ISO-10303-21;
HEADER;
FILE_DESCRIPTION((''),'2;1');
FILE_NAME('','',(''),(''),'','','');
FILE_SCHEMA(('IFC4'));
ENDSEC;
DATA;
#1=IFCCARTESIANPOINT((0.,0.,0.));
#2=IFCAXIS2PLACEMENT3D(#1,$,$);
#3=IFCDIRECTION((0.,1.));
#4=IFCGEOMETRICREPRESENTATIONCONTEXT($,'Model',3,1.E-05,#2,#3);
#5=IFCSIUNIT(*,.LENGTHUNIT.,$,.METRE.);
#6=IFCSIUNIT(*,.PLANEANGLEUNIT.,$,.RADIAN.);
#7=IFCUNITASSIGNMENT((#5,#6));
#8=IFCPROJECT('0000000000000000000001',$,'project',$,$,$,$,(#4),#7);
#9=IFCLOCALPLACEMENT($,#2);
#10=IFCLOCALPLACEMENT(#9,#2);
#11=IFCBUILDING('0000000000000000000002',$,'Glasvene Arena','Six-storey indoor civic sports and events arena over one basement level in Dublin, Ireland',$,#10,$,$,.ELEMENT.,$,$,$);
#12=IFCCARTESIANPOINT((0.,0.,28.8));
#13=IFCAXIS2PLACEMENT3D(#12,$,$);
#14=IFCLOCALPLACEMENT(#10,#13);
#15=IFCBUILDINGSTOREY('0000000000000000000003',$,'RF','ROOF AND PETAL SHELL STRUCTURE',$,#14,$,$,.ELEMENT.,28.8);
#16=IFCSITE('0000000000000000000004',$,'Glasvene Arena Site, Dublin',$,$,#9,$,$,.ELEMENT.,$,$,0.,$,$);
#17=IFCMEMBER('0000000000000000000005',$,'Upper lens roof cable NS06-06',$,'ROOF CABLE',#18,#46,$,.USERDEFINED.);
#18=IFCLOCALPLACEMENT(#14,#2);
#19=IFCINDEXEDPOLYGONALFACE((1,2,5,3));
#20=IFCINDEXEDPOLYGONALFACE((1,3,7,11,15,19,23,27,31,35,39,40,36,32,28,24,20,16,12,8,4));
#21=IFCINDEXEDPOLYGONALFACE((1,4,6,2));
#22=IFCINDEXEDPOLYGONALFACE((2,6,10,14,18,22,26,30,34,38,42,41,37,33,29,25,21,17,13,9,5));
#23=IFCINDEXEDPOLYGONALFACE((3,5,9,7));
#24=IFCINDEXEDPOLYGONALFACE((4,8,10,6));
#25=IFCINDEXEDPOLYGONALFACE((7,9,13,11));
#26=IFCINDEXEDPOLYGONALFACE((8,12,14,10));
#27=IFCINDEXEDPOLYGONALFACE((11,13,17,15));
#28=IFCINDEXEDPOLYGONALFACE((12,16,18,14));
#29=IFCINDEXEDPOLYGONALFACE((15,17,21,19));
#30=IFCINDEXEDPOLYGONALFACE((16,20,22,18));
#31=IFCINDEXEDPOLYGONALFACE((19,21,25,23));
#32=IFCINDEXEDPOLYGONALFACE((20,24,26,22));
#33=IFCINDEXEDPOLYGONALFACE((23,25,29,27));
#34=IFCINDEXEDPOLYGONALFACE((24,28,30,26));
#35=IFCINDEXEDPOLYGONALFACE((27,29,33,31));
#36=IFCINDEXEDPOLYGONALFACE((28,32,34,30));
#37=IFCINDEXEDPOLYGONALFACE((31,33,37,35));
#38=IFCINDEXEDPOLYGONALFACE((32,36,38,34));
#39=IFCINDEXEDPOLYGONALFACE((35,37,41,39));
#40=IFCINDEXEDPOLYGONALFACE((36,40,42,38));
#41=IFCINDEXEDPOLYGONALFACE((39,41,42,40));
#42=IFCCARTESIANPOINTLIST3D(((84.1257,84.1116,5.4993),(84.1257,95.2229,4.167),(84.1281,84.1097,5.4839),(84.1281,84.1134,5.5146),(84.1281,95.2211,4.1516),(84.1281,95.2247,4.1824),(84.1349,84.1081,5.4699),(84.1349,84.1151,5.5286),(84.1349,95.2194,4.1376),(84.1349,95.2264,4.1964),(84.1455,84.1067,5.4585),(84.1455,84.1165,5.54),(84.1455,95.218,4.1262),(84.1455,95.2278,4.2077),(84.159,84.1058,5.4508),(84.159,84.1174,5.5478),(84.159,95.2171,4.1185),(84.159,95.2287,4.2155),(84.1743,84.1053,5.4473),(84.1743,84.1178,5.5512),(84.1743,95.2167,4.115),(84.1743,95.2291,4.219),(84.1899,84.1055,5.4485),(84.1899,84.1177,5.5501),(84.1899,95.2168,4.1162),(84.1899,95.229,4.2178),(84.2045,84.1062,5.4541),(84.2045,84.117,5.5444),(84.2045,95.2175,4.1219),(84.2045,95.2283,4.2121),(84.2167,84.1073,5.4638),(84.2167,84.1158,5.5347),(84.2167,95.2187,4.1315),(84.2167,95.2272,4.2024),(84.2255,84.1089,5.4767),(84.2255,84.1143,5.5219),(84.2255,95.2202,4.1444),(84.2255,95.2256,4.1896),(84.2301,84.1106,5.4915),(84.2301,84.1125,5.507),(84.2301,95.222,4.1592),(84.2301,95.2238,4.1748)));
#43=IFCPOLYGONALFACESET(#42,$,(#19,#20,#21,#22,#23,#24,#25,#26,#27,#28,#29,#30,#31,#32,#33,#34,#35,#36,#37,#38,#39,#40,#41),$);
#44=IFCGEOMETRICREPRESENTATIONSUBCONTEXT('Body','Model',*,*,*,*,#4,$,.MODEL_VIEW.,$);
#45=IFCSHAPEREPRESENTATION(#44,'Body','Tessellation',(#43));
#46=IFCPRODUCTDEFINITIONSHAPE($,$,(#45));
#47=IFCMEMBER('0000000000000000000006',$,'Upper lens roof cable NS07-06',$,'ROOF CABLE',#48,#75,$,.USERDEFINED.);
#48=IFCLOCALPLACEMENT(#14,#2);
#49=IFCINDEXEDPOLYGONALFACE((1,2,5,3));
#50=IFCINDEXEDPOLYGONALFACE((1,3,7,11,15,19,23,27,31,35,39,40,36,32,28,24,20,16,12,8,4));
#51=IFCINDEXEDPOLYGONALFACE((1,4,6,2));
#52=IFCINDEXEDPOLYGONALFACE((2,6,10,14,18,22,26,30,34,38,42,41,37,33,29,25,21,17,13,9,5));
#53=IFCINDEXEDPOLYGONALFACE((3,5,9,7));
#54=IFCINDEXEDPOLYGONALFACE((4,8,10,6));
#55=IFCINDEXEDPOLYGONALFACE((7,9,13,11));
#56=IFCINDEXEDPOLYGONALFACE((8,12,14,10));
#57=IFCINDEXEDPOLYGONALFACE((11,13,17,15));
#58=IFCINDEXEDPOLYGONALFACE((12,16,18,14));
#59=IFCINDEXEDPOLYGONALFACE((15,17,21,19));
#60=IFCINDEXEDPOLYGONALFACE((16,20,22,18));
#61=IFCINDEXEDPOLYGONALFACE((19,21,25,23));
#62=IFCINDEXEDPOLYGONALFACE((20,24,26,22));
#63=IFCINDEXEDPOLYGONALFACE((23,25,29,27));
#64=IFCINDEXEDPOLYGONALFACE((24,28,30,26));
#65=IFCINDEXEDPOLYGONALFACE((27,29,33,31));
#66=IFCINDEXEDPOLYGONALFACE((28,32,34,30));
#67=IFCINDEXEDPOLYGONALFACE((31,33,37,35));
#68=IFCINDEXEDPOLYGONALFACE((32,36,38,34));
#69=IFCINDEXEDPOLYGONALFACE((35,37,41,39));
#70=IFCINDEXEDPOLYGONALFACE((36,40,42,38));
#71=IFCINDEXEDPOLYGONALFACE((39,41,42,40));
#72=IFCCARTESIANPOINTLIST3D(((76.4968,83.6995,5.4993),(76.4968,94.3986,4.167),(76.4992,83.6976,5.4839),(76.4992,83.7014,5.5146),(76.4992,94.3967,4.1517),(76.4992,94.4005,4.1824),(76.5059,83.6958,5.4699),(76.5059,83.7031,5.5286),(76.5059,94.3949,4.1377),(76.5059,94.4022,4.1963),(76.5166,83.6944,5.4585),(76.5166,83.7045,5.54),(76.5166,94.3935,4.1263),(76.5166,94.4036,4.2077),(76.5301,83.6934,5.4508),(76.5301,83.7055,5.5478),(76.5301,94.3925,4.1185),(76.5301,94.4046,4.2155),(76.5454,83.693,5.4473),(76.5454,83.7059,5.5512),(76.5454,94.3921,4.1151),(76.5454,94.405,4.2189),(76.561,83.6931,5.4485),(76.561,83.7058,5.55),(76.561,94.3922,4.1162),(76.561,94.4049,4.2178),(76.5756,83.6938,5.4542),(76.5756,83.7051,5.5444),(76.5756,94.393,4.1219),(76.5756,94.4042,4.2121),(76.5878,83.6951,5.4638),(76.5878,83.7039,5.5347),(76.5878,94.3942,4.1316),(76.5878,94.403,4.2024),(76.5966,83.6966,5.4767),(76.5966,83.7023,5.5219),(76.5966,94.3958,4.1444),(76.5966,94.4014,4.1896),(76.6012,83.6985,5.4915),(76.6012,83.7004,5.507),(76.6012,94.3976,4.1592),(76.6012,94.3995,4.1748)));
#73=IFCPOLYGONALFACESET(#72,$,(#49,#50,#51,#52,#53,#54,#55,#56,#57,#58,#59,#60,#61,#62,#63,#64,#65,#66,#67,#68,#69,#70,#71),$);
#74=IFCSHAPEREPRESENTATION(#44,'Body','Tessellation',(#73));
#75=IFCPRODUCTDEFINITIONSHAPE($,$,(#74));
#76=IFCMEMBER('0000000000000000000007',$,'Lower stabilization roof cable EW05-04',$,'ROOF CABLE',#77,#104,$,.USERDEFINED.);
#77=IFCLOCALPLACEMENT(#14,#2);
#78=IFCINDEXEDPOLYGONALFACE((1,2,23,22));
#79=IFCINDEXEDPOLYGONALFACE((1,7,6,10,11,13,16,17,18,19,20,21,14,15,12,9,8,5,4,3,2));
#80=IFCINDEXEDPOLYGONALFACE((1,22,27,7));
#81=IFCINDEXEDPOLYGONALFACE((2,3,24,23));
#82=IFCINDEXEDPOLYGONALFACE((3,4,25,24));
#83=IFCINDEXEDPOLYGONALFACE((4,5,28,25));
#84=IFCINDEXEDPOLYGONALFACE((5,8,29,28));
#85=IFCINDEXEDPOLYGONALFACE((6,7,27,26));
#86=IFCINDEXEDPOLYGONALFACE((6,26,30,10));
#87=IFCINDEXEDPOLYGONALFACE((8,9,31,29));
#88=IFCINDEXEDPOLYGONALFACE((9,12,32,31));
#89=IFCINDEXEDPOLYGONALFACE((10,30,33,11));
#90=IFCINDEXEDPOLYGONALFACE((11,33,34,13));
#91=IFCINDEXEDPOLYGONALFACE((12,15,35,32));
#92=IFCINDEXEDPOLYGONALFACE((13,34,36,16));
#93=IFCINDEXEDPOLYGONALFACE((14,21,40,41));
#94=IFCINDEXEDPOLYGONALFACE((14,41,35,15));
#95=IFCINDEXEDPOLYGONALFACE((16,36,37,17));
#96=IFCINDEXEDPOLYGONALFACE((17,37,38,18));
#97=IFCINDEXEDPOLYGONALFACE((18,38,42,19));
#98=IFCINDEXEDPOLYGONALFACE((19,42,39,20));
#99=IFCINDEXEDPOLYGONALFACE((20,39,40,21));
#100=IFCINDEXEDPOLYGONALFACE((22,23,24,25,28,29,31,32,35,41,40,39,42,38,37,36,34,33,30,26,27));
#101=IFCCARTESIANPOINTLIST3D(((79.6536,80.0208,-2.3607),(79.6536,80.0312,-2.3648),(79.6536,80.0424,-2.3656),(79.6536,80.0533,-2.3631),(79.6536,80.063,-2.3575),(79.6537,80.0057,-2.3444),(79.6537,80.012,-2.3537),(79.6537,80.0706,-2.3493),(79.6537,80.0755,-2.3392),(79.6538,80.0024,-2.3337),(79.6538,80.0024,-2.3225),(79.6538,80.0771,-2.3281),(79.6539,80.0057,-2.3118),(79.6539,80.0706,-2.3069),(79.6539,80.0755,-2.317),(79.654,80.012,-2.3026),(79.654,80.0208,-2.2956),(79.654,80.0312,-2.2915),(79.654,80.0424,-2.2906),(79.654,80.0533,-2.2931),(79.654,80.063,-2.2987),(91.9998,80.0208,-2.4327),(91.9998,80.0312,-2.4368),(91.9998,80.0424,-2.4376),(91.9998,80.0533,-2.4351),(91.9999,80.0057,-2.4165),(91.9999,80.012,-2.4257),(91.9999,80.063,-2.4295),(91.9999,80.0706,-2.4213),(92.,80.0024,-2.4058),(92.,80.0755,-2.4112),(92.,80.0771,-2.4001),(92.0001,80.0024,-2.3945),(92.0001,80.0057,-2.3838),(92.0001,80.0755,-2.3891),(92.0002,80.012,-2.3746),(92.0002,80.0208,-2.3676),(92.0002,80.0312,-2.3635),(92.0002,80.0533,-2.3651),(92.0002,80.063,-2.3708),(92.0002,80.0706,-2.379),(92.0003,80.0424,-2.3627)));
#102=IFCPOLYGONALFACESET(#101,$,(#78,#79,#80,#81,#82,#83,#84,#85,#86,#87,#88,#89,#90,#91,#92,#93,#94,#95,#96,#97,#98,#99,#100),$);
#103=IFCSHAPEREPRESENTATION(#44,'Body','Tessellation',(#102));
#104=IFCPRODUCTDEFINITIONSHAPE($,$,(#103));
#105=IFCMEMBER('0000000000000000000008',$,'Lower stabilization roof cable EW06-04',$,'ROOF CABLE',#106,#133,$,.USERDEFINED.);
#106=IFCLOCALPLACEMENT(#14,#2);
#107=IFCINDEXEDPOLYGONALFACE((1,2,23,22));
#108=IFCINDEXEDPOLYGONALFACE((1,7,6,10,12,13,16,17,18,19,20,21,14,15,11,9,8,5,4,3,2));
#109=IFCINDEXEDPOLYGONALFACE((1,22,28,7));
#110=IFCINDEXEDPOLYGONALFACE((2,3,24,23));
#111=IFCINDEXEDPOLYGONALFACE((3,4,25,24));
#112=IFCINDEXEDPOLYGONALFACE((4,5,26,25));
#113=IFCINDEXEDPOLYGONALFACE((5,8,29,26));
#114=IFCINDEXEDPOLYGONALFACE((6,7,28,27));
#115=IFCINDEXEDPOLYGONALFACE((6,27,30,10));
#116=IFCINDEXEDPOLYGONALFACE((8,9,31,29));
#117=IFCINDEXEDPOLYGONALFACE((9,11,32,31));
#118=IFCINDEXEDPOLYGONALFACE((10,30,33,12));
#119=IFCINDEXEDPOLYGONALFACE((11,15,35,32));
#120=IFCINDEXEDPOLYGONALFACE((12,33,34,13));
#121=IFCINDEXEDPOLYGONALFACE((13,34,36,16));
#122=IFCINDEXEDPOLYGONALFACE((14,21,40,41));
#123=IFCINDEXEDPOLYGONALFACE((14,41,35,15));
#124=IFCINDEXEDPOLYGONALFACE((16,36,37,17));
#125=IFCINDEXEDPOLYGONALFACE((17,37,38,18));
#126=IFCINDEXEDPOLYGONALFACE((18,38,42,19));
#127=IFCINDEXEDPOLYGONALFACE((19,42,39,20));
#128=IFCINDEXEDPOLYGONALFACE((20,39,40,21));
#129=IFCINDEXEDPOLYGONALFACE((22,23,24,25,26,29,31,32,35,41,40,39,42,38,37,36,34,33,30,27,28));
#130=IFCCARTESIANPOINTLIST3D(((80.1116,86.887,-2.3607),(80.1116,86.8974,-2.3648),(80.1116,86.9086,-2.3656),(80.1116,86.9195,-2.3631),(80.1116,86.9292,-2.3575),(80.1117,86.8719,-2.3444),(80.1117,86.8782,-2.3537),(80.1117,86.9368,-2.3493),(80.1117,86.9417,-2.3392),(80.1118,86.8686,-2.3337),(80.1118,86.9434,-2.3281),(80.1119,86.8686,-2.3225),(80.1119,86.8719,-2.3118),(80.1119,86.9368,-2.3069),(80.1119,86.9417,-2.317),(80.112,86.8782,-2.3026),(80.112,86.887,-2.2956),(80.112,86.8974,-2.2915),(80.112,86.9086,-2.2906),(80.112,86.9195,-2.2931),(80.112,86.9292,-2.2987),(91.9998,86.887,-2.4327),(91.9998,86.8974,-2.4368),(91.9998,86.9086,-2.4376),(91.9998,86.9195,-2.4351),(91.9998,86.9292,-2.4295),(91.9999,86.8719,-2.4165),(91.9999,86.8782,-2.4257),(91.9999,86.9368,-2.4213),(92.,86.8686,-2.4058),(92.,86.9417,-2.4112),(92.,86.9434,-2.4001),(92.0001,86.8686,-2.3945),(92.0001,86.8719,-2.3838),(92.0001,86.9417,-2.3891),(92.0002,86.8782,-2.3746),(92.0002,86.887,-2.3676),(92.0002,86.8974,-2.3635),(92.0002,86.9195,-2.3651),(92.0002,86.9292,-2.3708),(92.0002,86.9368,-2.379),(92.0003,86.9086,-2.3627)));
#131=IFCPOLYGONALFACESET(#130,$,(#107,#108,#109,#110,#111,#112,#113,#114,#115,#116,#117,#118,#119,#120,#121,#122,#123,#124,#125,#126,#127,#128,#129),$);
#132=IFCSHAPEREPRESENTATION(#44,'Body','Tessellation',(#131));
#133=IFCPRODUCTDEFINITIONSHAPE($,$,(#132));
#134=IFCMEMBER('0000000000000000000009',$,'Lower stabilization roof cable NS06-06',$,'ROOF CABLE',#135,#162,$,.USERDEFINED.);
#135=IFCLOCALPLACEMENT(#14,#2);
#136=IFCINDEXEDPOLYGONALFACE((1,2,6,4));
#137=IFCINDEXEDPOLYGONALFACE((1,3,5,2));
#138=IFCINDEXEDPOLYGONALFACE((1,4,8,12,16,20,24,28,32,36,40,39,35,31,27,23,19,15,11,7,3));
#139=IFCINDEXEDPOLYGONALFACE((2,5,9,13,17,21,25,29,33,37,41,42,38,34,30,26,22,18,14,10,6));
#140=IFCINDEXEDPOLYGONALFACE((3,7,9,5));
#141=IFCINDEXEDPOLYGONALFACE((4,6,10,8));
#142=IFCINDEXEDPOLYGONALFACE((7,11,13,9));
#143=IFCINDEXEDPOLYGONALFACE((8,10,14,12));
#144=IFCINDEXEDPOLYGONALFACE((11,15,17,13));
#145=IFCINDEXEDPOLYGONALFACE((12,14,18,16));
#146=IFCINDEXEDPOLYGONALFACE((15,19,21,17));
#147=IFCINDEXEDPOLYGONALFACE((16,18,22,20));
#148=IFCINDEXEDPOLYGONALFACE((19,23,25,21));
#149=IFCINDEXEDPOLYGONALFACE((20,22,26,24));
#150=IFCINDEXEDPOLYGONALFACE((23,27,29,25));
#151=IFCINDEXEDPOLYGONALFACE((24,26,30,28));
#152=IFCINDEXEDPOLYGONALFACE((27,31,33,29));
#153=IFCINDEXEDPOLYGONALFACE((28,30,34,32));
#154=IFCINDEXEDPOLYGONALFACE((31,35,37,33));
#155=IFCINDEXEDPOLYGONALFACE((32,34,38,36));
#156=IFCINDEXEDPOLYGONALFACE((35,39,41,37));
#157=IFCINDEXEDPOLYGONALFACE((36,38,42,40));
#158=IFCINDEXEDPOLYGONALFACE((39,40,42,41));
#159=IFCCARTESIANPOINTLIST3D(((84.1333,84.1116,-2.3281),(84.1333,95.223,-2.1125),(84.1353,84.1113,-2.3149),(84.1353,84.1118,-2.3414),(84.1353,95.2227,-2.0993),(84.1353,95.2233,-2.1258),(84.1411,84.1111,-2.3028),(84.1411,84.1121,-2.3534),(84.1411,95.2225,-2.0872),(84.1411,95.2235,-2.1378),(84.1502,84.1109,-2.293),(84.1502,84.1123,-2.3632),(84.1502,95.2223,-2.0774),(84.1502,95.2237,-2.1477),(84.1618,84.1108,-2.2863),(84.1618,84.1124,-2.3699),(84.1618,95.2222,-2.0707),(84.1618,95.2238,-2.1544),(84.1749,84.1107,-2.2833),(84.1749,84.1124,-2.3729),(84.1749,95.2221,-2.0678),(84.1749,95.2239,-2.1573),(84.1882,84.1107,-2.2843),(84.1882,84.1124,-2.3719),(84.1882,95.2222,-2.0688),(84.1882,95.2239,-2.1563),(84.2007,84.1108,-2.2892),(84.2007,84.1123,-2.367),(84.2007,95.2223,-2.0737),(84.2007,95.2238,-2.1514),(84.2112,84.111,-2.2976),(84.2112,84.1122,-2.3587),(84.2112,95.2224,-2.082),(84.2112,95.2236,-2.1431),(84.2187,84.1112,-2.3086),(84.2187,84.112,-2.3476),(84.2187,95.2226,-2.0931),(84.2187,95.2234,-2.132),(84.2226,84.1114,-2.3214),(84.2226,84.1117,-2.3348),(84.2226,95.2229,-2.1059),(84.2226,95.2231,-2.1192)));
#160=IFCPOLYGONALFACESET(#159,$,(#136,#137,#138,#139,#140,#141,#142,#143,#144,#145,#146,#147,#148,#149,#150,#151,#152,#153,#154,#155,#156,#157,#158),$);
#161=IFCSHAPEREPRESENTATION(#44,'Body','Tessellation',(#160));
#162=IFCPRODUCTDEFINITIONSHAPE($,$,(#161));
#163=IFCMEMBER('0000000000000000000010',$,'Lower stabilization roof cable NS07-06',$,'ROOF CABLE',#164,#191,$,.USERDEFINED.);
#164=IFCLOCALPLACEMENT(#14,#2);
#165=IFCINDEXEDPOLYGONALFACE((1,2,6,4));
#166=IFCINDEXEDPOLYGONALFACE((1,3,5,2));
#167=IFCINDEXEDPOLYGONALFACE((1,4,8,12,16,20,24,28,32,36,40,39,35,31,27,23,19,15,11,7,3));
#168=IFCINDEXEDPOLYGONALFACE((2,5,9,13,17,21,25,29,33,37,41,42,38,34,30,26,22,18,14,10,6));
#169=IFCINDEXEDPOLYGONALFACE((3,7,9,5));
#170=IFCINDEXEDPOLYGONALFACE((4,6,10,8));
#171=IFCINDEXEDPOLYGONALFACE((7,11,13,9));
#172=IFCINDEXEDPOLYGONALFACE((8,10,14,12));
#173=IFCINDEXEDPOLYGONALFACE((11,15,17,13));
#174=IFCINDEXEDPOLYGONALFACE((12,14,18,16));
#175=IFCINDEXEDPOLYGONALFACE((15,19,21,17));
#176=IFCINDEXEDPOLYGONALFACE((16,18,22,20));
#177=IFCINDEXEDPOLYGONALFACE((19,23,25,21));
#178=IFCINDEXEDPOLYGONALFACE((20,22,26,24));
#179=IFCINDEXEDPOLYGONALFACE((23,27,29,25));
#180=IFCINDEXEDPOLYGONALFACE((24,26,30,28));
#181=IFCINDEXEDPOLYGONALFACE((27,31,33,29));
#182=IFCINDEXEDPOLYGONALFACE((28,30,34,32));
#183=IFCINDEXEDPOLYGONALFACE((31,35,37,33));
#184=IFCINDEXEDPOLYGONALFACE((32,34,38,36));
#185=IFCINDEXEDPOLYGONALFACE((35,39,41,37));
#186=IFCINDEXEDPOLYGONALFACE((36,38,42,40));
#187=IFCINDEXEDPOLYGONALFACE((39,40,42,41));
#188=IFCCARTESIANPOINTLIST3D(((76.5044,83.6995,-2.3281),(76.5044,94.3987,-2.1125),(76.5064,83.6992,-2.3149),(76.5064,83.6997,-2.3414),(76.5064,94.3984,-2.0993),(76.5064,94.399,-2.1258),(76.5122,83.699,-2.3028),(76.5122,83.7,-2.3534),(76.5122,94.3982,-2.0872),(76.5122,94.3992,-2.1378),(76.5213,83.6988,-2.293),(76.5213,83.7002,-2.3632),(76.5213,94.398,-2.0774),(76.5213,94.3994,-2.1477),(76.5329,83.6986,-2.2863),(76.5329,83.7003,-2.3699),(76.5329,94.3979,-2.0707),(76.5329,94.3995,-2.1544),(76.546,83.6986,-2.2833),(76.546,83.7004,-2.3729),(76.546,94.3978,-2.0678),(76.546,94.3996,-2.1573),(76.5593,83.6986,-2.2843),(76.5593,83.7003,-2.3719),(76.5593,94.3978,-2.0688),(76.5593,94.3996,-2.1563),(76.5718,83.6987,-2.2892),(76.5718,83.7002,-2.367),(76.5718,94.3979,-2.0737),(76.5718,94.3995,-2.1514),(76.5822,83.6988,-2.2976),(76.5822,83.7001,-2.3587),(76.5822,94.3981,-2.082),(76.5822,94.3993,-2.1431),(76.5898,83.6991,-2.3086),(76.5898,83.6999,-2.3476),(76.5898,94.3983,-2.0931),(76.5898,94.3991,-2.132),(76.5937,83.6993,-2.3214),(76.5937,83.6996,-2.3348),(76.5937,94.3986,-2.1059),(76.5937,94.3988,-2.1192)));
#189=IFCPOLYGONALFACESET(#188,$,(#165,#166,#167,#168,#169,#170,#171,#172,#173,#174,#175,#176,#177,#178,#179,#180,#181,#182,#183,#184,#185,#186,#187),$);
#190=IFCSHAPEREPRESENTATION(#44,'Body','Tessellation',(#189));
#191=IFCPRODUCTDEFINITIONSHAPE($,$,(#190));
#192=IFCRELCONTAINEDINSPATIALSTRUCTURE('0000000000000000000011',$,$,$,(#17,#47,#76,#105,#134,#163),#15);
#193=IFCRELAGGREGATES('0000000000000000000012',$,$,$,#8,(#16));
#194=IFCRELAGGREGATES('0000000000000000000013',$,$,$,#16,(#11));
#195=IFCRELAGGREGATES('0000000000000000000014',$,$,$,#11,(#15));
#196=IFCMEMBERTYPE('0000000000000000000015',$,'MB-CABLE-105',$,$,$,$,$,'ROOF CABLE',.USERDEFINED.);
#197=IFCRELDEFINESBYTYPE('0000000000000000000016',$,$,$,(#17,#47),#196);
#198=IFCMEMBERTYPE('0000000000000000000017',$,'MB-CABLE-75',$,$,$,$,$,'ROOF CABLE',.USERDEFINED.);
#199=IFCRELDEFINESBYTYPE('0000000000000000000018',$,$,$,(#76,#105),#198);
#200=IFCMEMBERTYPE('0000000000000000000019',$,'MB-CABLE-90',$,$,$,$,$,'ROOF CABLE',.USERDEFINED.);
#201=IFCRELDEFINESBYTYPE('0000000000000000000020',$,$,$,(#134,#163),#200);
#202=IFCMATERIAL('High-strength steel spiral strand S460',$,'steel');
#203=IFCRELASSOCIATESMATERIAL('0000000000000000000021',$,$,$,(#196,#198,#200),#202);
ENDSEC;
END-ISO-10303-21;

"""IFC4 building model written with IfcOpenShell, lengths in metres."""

from ifc_helpers import new_model, si_unit, direction, frame, origin, origin_2d, place, context, subcontext, project, spatial, circle, extrude, material, material_profile, profile_set, type_object, element, save


model = new_model("IFC4")

# Units and contexts
model_context = context("Model", 3, precision=1e-05, world=origin(), true_north=direction((0.0, 1.0)))
body_context = subcontext(model_context, "Body", "Model", "MODEL_VIEW")
ifc_project = project(units=[si_unit("LENGTHUNIT", "METRE"), si_unit("PLANEANGLEUNIT", "RADIAN")], contexts=[model_context])

# Site, building, storey
site_placement = place(None, origin())
site = spatial("IfcSite", under=ifc_project, at=site_placement, Name="Glasvene Arena Site, Dublin", CompositionType="ELEMENT", RefElevation=0.0)
building_placement = place(site_placement, origin())
building = spatial("IfcBuilding", under=site, at=building_placement, Name="Glasvene Arena", Description="Six-storey indoor civic sports and events arena over one basement level in Dublin, Ireland", CompositionType="ELEMENT")
storey_placement = place(building_placement, frame((0.0, 0.0, 28.8)))
storey = spatial("IfcBuildingStorey", under=building, at=storey_placement, Name="RF", Description="ROOF AND PETAL SHELL STRUCTURE", CompositionType="ELEMENT", Elevation=28.8)

# Members
ifc_material_1 = material(Name="High-strength steel spiral strand S460", Category="steel")
ifc_material_profile_1 = material_profile(ifc_material_1, circle(Radius=0.0525, at=origin_2d()), Name="LCSS D105")
ifc_profile_set_1 = profile_set([ifc_material_profile_1], Name="High-strength steel spiral strand S460")
member_type_1 = type_object("IfcMemberType", Name="MB-CABLE-105", ElementType="ROOF CABLE", PredefinedType="USERDEFINED", material=ifc_profile_set_1)
member_1_placement = place(storey_placement, frame((84.1782, 84.1116, 5.4993), z_axis=(0.0, 0.992888, -0.11905), x_axis=(-1.0, 0.0, 0.0)))
element("IfcMember", 1, at=member_1_placement, inside=storey, type_object=member_type_1, Name="Upper lens roof cable NS06-06", ObjectType="ROOF CABLE", PredefinedType="USERDEFINED", context=body_context, shape_type="SweptSolid", body=[
    extrude(circle(Radius=0.0525, at=origin_2d()), origin(), (0.0, 0.0, 1.0), 11.1909),
])
member_2_placement = place(storey_placement, frame((76.5493, 83.6995, 5.4993), z_axis=(0.0, 0.992336, -0.123567), x_axis=(-1.0, 0.0, 0.0)))
element("IfcMember", 2, at=member_2_placement, inside=storey, type_object=member_type_1, Name="Upper lens roof cable NS07-06", ObjectType="ROOF CABLE", PredefinedType="USERDEFINED", context=body_context, shape_type="SweptSolid", body=[
    extrude(circle(Radius=0.0525, at=origin_2d()), origin(), (0.0, 0.0, 1.0), 10.7817),
])
ifc_material_profile_2 = material_profile(ifc_material_1, circle(Radius=0.0376, at=origin_2d()), Name="LCSS D75")
ifc_profile_set_2 = profile_set([ifc_material_profile_2], Name="High-strength steel spiral strand S460")
member_type_2 = type_object("IfcMemberType", Name="MB-CABLE-75", ElementType="ROOF CABLE", PredefinedType="USERDEFINED", material=ifc_profile_set_2)
member_3_placement = place(storey_placement, frame((79.6538, 80.0396, -2.3281), z_axis=(0.999983, 0.0, -0.005833), x_axis=(0.0, 1.0, 0.0)))
element("IfcMember", 3, at=member_3_placement, inside=storey, type_object=member_type_2, Name="Lower stabilization roof cable EW05-04", ObjectType="ROOF CABLE", PredefinedType="USERDEFINED", context=body_context, shape_type="SweptSolid", body=[
    extrude(circle(Radius=0.0376, at=origin_2d()), origin(), (0.0, 0.0, 1.0), 12.3464),
])
member_4_placement = place(storey_placement, frame((80.1118, 86.9058, -2.3281), z_axis=(0.999982, 0.0, -0.006058), x_axis=(0.0, 1.0, 0.0)))
element("IfcMember", 4, at=member_4_placement, inside=storey, type_object=member_type_2, Name="Lower stabilization roof cable EW06-04", ObjectType="ROOF CABLE", PredefinedType="USERDEFINED", context=body_context, shape_type="SweptSolid", body=[
    extrude(circle(Radius=0.0376, at=origin_2d()), origin(), (0.0, 0.0, 1.0), 11.8884),
])
ifc_material_profile_3 = material_profile(ifc_material_1, circle(Radius=0.0449, at=origin_2d()), Name="LCSS D90")
ifc_profile_set_3 = profile_set([ifc_material_profile_3], Name="High-strength steel spiral strand S460")
member_type_3 = type_object("IfcMemberType", Name="MB-CABLE-90", ElementType="ROOF CABLE", PredefinedType="USERDEFINED", material=ifc_profile_set_3)
member_5_placement = place(storey_placement, frame((84.1782, 84.1116, -2.3281), z_axis=(0.0, 0.999812, 0.019398), x_axis=(-1.0, 0.0, 0.0)))
element("IfcMember", 5, at=member_5_placement, inside=storey, type_object=member_type_3, Name="Lower stabilization roof cable NS06-06", ObjectType="ROOF CABLE", PredefinedType="USERDEFINED", context=body_context, shape_type="SweptSolid", body=[
    extrude(circle(Radius=0.0449, at=origin_2d()), origin(), (0.0, 0.0, 1.0), 11.1135),
])
member_6_placement = place(storey_placement, frame((76.5493, 83.6995, -2.3281), z_axis=(0.0, 0.999797, 0.020145), x_axis=(-1.0, 0.0, 0.0)))
element("IfcMember", 6, at=member_6_placement, inside=storey, type_object=member_type_3, Name="Lower stabilization roof cable NS07-06", ObjectType="ROOF CABLE", PredefinedType="USERDEFINED", context=body_context, shape_type="SweptSolid", body=[
    extrude(circle(Radius=0.0449, at=origin_2d()), origin(), (0.0, 0.0, 1.0), 10.7014),
])

save(model, "model.ifc")
